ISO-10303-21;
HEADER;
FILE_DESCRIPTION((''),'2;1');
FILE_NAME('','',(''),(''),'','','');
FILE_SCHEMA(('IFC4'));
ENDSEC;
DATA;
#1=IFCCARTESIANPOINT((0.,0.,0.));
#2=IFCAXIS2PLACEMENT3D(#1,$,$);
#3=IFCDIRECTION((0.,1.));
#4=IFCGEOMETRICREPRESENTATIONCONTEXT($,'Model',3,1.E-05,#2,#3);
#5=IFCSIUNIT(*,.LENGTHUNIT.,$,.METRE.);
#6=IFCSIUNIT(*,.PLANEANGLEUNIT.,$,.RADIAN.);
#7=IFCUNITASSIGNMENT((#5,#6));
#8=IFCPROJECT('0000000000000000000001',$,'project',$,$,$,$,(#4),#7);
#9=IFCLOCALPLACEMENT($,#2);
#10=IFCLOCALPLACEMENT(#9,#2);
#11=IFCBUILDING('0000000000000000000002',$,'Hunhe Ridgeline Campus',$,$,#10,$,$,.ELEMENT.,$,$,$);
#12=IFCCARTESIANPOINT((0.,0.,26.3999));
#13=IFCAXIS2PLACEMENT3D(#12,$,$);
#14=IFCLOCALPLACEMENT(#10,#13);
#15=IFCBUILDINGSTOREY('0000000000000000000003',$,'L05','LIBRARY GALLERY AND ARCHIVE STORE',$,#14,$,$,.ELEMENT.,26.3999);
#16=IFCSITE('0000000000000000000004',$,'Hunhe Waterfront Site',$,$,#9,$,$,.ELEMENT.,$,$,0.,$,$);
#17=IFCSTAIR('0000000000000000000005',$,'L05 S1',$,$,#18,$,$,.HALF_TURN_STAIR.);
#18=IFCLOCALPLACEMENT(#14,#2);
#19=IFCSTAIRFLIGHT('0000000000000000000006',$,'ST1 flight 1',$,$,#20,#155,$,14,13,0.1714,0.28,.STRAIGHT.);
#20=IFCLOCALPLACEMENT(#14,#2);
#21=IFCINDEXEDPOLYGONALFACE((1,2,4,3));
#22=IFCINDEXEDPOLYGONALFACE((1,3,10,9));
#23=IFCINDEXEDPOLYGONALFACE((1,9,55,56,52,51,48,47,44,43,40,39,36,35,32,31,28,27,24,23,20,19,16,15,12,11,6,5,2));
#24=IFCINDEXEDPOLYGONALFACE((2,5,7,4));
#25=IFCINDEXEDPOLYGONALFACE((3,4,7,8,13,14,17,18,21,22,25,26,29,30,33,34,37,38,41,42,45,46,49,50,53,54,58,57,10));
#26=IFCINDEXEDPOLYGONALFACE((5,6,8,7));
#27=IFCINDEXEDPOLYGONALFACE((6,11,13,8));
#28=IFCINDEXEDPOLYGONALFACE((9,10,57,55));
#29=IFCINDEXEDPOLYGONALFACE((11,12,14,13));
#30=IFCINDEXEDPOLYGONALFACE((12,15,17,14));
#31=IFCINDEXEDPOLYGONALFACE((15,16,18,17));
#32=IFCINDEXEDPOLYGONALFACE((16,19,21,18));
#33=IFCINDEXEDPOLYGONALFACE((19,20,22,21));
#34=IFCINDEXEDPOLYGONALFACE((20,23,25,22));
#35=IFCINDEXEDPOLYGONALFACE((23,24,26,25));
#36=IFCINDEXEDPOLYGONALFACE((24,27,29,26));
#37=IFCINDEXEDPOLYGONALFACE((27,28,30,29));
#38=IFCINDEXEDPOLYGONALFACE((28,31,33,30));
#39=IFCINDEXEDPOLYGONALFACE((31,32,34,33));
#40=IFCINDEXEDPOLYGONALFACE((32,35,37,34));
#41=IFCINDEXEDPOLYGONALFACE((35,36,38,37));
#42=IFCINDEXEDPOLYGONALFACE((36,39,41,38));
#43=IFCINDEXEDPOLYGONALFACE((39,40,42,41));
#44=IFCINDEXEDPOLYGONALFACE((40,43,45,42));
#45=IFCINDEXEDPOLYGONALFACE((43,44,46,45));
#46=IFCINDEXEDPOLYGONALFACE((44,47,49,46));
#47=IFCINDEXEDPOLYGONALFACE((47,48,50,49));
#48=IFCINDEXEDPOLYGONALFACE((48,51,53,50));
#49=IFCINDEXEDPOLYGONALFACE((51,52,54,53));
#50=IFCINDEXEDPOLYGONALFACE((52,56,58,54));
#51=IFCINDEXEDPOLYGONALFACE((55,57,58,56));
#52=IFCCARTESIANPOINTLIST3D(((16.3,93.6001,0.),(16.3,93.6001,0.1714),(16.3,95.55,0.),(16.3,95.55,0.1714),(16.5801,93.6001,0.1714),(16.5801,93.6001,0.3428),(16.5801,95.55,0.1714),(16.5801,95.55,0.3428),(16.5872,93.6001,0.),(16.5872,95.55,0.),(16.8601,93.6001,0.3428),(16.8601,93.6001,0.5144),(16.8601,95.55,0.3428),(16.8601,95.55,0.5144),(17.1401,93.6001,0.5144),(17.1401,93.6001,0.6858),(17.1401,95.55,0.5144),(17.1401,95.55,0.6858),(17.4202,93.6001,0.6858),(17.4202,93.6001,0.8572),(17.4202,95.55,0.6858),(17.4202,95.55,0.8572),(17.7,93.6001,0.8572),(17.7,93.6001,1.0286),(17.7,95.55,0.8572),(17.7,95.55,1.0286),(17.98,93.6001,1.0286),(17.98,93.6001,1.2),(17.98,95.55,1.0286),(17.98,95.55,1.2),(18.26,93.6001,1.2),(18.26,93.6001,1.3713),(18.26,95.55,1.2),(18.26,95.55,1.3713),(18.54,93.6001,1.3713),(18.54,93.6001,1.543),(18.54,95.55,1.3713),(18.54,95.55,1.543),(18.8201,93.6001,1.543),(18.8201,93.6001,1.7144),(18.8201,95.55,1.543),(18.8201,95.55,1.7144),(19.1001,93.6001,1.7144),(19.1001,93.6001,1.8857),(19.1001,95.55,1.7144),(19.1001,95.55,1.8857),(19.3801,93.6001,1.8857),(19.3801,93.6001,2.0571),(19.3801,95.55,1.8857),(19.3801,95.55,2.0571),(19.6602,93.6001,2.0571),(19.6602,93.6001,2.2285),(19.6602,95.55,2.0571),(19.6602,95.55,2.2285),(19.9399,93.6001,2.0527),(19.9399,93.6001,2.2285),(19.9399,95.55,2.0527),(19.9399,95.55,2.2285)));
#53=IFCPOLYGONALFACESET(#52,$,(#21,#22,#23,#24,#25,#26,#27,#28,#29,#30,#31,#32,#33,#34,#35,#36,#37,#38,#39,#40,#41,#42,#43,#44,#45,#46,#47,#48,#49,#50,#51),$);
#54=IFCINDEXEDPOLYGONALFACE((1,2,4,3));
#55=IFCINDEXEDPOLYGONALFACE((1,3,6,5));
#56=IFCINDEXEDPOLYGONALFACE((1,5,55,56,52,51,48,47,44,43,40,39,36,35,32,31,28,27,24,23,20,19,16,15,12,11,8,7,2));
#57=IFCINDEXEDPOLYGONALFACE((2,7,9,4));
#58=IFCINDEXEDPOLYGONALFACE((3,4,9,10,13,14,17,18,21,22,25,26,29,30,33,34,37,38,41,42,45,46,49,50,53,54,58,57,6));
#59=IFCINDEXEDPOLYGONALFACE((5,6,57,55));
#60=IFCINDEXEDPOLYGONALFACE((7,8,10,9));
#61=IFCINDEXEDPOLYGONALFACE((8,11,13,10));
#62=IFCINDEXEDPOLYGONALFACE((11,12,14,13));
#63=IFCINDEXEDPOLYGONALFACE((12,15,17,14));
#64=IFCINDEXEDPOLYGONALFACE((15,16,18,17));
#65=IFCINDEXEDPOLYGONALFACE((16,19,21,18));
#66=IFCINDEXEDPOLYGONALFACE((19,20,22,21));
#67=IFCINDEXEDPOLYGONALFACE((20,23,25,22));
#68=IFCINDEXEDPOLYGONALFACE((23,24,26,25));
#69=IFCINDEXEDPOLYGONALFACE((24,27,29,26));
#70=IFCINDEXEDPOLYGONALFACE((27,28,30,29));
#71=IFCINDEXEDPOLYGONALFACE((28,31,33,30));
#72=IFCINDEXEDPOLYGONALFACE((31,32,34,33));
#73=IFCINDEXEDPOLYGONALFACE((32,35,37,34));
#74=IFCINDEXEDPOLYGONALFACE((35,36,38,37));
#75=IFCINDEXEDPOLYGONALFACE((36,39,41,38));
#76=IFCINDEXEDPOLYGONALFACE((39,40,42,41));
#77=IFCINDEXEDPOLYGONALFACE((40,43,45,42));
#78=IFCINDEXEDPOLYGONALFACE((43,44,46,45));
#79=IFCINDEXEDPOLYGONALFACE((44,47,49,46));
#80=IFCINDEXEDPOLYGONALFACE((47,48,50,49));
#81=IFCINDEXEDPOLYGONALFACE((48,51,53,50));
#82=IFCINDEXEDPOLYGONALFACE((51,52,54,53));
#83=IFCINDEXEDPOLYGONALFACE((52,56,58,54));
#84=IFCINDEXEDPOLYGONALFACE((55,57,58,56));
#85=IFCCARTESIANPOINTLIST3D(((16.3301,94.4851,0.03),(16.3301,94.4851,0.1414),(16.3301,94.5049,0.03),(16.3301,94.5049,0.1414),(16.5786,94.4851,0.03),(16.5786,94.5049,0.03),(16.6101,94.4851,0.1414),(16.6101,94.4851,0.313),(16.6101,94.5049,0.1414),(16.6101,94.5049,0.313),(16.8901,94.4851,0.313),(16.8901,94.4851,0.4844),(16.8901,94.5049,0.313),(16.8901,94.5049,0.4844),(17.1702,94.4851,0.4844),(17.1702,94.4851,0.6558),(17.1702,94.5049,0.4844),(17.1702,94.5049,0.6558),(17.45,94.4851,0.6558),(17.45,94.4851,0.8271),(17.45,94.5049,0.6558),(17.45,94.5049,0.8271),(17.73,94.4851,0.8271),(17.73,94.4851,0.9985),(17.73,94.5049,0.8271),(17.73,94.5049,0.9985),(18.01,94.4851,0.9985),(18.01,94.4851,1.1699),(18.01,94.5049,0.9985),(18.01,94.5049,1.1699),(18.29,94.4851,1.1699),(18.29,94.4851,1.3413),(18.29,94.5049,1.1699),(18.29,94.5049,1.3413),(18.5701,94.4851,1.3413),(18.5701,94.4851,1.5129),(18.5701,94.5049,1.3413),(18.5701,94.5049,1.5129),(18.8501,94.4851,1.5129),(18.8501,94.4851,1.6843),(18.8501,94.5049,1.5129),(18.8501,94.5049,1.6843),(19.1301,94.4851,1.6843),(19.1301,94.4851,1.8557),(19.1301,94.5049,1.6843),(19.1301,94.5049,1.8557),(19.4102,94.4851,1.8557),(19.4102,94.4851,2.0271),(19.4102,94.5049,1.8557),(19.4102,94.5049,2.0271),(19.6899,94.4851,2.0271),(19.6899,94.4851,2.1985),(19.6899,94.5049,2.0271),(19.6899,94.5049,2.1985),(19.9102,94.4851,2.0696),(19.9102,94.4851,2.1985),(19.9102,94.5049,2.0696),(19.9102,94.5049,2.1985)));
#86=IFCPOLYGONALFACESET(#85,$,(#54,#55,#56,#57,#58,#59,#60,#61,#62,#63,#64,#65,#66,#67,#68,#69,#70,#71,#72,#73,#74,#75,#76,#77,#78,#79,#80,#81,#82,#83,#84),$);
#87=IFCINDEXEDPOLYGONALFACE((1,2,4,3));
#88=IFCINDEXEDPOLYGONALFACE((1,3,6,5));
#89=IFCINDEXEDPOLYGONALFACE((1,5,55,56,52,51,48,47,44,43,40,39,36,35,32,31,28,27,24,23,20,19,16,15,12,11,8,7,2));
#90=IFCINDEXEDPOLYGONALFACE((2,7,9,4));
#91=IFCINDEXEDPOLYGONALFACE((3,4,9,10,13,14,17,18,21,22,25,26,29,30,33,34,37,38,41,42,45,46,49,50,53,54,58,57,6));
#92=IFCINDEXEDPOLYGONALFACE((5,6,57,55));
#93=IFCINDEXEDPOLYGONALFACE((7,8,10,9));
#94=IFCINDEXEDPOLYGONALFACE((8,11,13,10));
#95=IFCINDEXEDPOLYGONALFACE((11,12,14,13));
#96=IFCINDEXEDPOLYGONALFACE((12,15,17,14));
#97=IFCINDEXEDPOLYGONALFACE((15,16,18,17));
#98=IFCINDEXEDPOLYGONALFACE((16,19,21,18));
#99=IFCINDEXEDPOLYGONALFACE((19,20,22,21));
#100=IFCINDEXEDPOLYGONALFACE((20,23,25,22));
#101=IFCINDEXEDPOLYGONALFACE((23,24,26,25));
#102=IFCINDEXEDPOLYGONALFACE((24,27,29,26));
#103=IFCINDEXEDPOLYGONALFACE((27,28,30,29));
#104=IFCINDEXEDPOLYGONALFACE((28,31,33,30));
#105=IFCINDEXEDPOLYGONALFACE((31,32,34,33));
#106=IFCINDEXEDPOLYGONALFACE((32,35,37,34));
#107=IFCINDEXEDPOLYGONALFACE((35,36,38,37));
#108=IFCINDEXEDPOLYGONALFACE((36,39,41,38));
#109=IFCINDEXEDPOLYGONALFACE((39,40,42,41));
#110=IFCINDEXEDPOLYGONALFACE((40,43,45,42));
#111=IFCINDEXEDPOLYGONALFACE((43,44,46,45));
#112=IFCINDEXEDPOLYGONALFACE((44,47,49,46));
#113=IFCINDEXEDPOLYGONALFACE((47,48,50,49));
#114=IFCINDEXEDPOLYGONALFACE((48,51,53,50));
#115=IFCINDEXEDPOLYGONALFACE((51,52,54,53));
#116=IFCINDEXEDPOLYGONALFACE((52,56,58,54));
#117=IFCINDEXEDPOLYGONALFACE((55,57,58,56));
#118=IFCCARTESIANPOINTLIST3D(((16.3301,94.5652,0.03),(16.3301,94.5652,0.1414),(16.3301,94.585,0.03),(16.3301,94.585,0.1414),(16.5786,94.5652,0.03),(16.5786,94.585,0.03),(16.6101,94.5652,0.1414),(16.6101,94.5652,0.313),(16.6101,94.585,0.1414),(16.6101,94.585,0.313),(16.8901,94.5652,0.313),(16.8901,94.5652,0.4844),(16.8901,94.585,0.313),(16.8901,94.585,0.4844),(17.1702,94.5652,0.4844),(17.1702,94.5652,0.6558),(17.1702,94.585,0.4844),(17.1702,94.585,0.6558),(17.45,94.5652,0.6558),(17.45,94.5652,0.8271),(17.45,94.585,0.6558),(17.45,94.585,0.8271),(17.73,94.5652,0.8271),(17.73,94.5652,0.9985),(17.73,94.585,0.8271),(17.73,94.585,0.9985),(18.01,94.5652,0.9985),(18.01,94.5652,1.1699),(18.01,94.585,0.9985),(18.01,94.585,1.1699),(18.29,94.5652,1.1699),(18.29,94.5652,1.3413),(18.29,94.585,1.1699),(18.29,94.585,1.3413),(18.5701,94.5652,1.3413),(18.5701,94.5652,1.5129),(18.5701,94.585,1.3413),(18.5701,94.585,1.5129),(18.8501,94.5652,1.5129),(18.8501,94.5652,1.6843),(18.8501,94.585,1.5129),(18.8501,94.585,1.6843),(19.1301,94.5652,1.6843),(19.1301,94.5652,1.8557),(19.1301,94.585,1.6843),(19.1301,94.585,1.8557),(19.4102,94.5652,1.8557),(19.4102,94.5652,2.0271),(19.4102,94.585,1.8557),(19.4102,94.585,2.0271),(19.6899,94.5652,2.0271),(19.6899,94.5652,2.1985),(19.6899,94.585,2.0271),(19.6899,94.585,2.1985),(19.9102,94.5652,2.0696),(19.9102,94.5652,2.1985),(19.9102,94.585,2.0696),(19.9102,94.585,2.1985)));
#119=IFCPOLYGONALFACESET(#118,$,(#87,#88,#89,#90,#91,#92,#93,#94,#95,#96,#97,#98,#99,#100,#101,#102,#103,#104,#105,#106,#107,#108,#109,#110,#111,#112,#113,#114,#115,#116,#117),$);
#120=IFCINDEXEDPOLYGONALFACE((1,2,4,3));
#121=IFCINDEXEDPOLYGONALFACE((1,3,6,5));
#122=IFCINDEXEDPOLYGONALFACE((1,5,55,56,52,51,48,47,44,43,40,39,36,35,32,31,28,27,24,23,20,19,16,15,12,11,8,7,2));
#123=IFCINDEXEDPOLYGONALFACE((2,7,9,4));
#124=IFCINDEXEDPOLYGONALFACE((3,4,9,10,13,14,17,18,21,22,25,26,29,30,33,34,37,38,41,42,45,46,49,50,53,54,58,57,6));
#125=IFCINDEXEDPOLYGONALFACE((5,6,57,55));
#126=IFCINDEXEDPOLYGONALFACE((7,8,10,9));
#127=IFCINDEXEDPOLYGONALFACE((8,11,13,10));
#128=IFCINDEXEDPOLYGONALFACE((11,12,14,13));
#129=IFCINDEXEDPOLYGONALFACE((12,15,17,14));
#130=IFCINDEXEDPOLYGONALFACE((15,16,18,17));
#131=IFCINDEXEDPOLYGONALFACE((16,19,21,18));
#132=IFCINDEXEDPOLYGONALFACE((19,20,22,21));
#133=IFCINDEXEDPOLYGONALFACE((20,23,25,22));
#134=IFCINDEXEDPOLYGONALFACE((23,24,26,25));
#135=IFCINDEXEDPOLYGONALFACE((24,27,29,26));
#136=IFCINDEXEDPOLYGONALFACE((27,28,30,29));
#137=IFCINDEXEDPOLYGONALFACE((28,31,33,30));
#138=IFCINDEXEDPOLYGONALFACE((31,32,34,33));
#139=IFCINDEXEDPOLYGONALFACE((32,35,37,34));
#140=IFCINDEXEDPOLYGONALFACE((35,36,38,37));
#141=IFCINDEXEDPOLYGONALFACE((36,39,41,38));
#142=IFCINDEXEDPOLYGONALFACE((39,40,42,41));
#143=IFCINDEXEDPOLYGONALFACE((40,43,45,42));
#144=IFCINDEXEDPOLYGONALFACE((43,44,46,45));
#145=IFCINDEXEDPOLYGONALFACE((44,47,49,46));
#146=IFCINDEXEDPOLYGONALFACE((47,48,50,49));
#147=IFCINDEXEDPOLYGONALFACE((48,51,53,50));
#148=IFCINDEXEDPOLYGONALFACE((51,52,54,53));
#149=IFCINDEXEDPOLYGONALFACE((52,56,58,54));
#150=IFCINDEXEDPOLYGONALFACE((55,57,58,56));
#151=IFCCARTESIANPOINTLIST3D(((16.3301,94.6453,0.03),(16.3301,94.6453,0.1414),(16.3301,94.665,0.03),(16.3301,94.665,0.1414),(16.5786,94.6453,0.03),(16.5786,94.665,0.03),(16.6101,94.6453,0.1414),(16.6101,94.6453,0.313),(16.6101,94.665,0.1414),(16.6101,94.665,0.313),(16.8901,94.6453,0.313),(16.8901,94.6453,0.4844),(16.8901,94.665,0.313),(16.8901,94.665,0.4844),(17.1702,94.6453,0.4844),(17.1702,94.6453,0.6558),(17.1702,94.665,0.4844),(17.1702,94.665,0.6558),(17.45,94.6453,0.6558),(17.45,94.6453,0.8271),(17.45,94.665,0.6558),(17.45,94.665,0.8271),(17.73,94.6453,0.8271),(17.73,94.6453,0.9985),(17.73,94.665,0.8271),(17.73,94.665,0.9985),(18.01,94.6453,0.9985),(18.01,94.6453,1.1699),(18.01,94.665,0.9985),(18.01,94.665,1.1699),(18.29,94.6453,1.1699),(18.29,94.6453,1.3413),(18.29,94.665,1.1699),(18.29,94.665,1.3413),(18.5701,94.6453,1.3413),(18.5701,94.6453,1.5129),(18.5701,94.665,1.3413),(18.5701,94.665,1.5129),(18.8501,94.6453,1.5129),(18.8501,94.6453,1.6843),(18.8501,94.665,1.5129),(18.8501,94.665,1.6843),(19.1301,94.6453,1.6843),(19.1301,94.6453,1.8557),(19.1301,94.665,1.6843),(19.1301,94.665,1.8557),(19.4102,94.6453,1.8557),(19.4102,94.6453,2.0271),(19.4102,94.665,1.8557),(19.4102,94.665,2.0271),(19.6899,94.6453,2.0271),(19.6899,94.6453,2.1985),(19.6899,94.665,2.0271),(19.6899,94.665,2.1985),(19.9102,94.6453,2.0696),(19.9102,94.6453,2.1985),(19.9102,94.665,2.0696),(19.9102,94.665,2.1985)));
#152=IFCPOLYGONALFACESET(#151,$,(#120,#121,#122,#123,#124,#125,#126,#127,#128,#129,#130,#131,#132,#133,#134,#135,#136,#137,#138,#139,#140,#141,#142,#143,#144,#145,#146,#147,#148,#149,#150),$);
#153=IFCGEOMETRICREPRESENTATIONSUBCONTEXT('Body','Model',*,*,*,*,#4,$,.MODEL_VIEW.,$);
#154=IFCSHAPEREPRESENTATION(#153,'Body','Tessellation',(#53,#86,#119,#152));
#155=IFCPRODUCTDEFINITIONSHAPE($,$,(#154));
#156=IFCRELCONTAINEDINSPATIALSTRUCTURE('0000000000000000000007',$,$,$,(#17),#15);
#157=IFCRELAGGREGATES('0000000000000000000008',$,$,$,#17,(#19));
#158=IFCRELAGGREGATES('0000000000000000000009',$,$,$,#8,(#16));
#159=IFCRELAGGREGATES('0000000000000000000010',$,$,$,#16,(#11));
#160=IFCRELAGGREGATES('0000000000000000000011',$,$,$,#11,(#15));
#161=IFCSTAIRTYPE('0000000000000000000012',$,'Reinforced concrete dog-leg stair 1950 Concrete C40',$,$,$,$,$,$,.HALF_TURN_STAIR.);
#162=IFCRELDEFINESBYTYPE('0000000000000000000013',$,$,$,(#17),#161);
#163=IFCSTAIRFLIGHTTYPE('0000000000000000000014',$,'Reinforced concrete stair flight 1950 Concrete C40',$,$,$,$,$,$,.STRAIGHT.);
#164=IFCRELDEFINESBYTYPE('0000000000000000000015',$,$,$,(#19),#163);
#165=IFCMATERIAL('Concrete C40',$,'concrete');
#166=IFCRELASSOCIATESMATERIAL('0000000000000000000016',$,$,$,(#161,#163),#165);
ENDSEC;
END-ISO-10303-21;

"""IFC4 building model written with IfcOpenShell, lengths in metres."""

from ifc_helpers import new_model, si_unit, direction, frame, origin, place, context, subcontext, project, spatial, polyline, outline, extrude, material, type_object, element, aggregate, save


model = new_model("IFC4")

# Units and contexts
model_context = context("Model", 3, precision=1e-05, world=origin(), true_north=direction((0.0, 1.0)))
body_context = subcontext(model_context, "Body", "Model", "MODEL_VIEW")
ifc_project = project(units=[si_unit("LENGTHUNIT", "METRE"), si_unit("PLANEANGLEUNIT", "RADIAN")], contexts=[model_context])

# Site, building, storey
site_placement = place(None, origin())
site = spatial("IfcSite", under=ifc_project, at=site_placement, Name="Hunhe Waterfront Site", CompositionType="ELEMENT", RefElevation=0.0)
building_placement = place(site_placement, origin())
building = spatial("IfcBuilding", under=site, at=building_placement, Name="Hunhe Ridgeline Campus", CompositionType="ELEMENT")
storey_placement = place(building_placement, frame((0.0, 0.0, 26.3999)))
storey = spatial("IfcBuildingStorey", under=building, at=storey_placement, Name="L05", Description="LIBRARY GALLERY AND ARCHIVE STORE", CompositionType="ELEMENT", Elevation=26.3999)

# Stair, stair flight
ifc_material_1 = material(Name="Concrete C40", Category="concrete")
stair_type = type_object("IfcStairType", Name="Reinforced concrete dog-leg stair 1950 Concrete C40", PredefinedType="HALF_TURN_STAIR", material=ifc_material_1)
stair_placement = place(storey_placement, origin())
stair = element("IfcStair", 1, at=stair_placement, inside=storey, type_object=stair_type, Name="L05 S1", PredefinedType="HALF_TURN_STAIR")
stair_flight_type = type_object("IfcStairFlightType", Name="Reinforced concrete stair flight 1950 Concrete C40", PredefinedType="STRAIGHT", material=ifc_material_1)
stair_flight_1_placement = place(storey_placement, frame((16.3, 94.575, 0.0), z_axis=(0.0, 0.0, 1.0), x_axis=(1.0, 0.0, 0.0)))
stair_flight_1 = element("IfcStairFlight", 2, at=stair_flight_1_placement, type_object=stair_flight_type, Name="ST1 flight 1", NumberOfRisers=14, NumberOfTreads=13, PredefinedType="STRAIGHT", RiserHeight=0.1714, TreadLength=0.28, context=body_context, shape_type="SweptSolid", body=[
    extrude(outline(polyline([(0.0, 0.0), (0.0, 0.1714), (0.28, 0.1714), (0.28, 0.3428), (0.5601, 0.3428), (0.5601, 0.5144), (0.8401, 0.5144), (0.8401, 0.6858), (1.1201, 0.6858), (1.1201, 0.8572), (1.3999, 0.8572), (1.3999, 1.0286), (1.6799, 1.0286), (1.6799, 1.2), (1.96, 1.2), (1.96, 1.3713), (2.24, 1.3713), (2.24, 1.543), (2.52, 1.543), (2.52, 1.7144), (2.8, 1.7144), (2.8, 1.8857), (3.0801, 1.8857), (3.0801, 2.0571), (3.3601, 2.0571), (3.3601, 2.2285), (3.6399, 2.2285), (3.6399, 2.3999), (3.6399, 2.0527), (0.2871, 0.0), (0.0, 0.0)])), frame((0.0, 0.9751, 0.0), z_axis=(0.0, -1.0, 0.0), x_axis=(1.0, 0.0, 0.0)), (0.0, 0.0, 1.0), 1.95),
    extrude(outline(polyline([(0.03, 0.03), (0.03, 0.1414), (0.3101, 0.1414), (0.3101, 0.313), (0.5901, 0.313), (0.5901, 0.4844), (0.8701, 0.4844), (0.8701, 0.6558), (1.1499, 0.6558), (1.1499, 0.8271), (1.4299, 0.8271), (1.4299, 0.9985), (1.71, 0.9985), (1.71, 1.1699), (1.99, 1.1699), (1.99, 1.3413), (2.27, 1.3413), (2.27, 1.5129), (2.55, 1.5129), (2.55, 1.6843), (2.8301, 1.6843), (2.8301, 1.8557), (3.1101, 1.8557), (3.1101, 2.0271), (3.3899, 2.0271), (3.3899, 2.1985), (3.6101, 2.1985), (3.6101, 2.0696), (0.2786, 0.03), (0.03, 0.03)])), frame((0.0, -0.0701, 0.0), z_axis=(0.0, -1.0, 0.0), x_axis=(1.0, 0.0, 0.0)), (0.0, 0.0, 1.0), 0.0198),
    extrude(outline(polyline([(0.03, 0.03), (0.03, 0.1414), (0.3101, 0.1414), (0.3101, 0.313), (0.5901, 0.313), (0.5901, 0.4844), (0.8701, 0.4844), (0.8701, 0.6558), (1.1499, 0.6558), (1.1499, 0.8271), (1.4299, 0.8271), (1.4299, 0.9985), (1.71, 0.9985), (1.71, 1.1699), (1.99, 1.1699), (1.99, 1.3413), (2.27, 1.3413), (2.27, 1.5129), (2.55, 1.5129), (2.55, 1.6843), (2.8301, 1.6843), (2.8301, 1.8557), (3.1101, 1.8557), (3.1101, 2.0271), (3.3899, 2.0271), (3.3899, 2.1985), (3.6101, 2.1985), (3.6101, 2.0696), (0.2786, 0.03), (0.03, 0.03)])), frame((0.0, 0.01, 0.0), z_axis=(0.0, -1.0, 0.0), x_axis=(1.0, 0.0, 0.0)), (0.0, 0.0, 1.0), 0.0198),
    extrude(outline(polyline([(0.03, 0.03), (0.03, 0.1414), (0.3101, 0.1414), (0.3101, 0.313), (0.5901, 0.313), (0.5901, 0.4844), (0.8701, 0.4844), (0.8701, 0.6558), (1.1499, 0.6558), (1.1499, 0.8271), (1.4299, 0.8271), (1.4299, 0.9985), (1.71, 0.9985), (1.71, 1.1699), (1.99, 1.1699), (1.99, 1.3413), (2.27, 1.3413), (2.27, 1.5129), (2.55, 1.5129), (2.55, 1.6843), (2.8301, 1.6843), (2.8301, 1.8557), (3.1101, 1.8557), (3.1101, 2.0271), (3.3899, 2.0271), (3.3899, 2.1985), (3.6101, 2.1985), (3.6101, 2.0696), (0.2786, 0.03), (0.03, 0.03)])), frame((0.0, 0.0901, 0.0), z_axis=(0.0, -1.0, 0.0), x_axis=(1.0, 0.0, 0.0)), (0.0, 0.0, 1.0), 0.0198),
])
aggregate(stair, [stair_flight_1])

save(model, "model.ifc")
